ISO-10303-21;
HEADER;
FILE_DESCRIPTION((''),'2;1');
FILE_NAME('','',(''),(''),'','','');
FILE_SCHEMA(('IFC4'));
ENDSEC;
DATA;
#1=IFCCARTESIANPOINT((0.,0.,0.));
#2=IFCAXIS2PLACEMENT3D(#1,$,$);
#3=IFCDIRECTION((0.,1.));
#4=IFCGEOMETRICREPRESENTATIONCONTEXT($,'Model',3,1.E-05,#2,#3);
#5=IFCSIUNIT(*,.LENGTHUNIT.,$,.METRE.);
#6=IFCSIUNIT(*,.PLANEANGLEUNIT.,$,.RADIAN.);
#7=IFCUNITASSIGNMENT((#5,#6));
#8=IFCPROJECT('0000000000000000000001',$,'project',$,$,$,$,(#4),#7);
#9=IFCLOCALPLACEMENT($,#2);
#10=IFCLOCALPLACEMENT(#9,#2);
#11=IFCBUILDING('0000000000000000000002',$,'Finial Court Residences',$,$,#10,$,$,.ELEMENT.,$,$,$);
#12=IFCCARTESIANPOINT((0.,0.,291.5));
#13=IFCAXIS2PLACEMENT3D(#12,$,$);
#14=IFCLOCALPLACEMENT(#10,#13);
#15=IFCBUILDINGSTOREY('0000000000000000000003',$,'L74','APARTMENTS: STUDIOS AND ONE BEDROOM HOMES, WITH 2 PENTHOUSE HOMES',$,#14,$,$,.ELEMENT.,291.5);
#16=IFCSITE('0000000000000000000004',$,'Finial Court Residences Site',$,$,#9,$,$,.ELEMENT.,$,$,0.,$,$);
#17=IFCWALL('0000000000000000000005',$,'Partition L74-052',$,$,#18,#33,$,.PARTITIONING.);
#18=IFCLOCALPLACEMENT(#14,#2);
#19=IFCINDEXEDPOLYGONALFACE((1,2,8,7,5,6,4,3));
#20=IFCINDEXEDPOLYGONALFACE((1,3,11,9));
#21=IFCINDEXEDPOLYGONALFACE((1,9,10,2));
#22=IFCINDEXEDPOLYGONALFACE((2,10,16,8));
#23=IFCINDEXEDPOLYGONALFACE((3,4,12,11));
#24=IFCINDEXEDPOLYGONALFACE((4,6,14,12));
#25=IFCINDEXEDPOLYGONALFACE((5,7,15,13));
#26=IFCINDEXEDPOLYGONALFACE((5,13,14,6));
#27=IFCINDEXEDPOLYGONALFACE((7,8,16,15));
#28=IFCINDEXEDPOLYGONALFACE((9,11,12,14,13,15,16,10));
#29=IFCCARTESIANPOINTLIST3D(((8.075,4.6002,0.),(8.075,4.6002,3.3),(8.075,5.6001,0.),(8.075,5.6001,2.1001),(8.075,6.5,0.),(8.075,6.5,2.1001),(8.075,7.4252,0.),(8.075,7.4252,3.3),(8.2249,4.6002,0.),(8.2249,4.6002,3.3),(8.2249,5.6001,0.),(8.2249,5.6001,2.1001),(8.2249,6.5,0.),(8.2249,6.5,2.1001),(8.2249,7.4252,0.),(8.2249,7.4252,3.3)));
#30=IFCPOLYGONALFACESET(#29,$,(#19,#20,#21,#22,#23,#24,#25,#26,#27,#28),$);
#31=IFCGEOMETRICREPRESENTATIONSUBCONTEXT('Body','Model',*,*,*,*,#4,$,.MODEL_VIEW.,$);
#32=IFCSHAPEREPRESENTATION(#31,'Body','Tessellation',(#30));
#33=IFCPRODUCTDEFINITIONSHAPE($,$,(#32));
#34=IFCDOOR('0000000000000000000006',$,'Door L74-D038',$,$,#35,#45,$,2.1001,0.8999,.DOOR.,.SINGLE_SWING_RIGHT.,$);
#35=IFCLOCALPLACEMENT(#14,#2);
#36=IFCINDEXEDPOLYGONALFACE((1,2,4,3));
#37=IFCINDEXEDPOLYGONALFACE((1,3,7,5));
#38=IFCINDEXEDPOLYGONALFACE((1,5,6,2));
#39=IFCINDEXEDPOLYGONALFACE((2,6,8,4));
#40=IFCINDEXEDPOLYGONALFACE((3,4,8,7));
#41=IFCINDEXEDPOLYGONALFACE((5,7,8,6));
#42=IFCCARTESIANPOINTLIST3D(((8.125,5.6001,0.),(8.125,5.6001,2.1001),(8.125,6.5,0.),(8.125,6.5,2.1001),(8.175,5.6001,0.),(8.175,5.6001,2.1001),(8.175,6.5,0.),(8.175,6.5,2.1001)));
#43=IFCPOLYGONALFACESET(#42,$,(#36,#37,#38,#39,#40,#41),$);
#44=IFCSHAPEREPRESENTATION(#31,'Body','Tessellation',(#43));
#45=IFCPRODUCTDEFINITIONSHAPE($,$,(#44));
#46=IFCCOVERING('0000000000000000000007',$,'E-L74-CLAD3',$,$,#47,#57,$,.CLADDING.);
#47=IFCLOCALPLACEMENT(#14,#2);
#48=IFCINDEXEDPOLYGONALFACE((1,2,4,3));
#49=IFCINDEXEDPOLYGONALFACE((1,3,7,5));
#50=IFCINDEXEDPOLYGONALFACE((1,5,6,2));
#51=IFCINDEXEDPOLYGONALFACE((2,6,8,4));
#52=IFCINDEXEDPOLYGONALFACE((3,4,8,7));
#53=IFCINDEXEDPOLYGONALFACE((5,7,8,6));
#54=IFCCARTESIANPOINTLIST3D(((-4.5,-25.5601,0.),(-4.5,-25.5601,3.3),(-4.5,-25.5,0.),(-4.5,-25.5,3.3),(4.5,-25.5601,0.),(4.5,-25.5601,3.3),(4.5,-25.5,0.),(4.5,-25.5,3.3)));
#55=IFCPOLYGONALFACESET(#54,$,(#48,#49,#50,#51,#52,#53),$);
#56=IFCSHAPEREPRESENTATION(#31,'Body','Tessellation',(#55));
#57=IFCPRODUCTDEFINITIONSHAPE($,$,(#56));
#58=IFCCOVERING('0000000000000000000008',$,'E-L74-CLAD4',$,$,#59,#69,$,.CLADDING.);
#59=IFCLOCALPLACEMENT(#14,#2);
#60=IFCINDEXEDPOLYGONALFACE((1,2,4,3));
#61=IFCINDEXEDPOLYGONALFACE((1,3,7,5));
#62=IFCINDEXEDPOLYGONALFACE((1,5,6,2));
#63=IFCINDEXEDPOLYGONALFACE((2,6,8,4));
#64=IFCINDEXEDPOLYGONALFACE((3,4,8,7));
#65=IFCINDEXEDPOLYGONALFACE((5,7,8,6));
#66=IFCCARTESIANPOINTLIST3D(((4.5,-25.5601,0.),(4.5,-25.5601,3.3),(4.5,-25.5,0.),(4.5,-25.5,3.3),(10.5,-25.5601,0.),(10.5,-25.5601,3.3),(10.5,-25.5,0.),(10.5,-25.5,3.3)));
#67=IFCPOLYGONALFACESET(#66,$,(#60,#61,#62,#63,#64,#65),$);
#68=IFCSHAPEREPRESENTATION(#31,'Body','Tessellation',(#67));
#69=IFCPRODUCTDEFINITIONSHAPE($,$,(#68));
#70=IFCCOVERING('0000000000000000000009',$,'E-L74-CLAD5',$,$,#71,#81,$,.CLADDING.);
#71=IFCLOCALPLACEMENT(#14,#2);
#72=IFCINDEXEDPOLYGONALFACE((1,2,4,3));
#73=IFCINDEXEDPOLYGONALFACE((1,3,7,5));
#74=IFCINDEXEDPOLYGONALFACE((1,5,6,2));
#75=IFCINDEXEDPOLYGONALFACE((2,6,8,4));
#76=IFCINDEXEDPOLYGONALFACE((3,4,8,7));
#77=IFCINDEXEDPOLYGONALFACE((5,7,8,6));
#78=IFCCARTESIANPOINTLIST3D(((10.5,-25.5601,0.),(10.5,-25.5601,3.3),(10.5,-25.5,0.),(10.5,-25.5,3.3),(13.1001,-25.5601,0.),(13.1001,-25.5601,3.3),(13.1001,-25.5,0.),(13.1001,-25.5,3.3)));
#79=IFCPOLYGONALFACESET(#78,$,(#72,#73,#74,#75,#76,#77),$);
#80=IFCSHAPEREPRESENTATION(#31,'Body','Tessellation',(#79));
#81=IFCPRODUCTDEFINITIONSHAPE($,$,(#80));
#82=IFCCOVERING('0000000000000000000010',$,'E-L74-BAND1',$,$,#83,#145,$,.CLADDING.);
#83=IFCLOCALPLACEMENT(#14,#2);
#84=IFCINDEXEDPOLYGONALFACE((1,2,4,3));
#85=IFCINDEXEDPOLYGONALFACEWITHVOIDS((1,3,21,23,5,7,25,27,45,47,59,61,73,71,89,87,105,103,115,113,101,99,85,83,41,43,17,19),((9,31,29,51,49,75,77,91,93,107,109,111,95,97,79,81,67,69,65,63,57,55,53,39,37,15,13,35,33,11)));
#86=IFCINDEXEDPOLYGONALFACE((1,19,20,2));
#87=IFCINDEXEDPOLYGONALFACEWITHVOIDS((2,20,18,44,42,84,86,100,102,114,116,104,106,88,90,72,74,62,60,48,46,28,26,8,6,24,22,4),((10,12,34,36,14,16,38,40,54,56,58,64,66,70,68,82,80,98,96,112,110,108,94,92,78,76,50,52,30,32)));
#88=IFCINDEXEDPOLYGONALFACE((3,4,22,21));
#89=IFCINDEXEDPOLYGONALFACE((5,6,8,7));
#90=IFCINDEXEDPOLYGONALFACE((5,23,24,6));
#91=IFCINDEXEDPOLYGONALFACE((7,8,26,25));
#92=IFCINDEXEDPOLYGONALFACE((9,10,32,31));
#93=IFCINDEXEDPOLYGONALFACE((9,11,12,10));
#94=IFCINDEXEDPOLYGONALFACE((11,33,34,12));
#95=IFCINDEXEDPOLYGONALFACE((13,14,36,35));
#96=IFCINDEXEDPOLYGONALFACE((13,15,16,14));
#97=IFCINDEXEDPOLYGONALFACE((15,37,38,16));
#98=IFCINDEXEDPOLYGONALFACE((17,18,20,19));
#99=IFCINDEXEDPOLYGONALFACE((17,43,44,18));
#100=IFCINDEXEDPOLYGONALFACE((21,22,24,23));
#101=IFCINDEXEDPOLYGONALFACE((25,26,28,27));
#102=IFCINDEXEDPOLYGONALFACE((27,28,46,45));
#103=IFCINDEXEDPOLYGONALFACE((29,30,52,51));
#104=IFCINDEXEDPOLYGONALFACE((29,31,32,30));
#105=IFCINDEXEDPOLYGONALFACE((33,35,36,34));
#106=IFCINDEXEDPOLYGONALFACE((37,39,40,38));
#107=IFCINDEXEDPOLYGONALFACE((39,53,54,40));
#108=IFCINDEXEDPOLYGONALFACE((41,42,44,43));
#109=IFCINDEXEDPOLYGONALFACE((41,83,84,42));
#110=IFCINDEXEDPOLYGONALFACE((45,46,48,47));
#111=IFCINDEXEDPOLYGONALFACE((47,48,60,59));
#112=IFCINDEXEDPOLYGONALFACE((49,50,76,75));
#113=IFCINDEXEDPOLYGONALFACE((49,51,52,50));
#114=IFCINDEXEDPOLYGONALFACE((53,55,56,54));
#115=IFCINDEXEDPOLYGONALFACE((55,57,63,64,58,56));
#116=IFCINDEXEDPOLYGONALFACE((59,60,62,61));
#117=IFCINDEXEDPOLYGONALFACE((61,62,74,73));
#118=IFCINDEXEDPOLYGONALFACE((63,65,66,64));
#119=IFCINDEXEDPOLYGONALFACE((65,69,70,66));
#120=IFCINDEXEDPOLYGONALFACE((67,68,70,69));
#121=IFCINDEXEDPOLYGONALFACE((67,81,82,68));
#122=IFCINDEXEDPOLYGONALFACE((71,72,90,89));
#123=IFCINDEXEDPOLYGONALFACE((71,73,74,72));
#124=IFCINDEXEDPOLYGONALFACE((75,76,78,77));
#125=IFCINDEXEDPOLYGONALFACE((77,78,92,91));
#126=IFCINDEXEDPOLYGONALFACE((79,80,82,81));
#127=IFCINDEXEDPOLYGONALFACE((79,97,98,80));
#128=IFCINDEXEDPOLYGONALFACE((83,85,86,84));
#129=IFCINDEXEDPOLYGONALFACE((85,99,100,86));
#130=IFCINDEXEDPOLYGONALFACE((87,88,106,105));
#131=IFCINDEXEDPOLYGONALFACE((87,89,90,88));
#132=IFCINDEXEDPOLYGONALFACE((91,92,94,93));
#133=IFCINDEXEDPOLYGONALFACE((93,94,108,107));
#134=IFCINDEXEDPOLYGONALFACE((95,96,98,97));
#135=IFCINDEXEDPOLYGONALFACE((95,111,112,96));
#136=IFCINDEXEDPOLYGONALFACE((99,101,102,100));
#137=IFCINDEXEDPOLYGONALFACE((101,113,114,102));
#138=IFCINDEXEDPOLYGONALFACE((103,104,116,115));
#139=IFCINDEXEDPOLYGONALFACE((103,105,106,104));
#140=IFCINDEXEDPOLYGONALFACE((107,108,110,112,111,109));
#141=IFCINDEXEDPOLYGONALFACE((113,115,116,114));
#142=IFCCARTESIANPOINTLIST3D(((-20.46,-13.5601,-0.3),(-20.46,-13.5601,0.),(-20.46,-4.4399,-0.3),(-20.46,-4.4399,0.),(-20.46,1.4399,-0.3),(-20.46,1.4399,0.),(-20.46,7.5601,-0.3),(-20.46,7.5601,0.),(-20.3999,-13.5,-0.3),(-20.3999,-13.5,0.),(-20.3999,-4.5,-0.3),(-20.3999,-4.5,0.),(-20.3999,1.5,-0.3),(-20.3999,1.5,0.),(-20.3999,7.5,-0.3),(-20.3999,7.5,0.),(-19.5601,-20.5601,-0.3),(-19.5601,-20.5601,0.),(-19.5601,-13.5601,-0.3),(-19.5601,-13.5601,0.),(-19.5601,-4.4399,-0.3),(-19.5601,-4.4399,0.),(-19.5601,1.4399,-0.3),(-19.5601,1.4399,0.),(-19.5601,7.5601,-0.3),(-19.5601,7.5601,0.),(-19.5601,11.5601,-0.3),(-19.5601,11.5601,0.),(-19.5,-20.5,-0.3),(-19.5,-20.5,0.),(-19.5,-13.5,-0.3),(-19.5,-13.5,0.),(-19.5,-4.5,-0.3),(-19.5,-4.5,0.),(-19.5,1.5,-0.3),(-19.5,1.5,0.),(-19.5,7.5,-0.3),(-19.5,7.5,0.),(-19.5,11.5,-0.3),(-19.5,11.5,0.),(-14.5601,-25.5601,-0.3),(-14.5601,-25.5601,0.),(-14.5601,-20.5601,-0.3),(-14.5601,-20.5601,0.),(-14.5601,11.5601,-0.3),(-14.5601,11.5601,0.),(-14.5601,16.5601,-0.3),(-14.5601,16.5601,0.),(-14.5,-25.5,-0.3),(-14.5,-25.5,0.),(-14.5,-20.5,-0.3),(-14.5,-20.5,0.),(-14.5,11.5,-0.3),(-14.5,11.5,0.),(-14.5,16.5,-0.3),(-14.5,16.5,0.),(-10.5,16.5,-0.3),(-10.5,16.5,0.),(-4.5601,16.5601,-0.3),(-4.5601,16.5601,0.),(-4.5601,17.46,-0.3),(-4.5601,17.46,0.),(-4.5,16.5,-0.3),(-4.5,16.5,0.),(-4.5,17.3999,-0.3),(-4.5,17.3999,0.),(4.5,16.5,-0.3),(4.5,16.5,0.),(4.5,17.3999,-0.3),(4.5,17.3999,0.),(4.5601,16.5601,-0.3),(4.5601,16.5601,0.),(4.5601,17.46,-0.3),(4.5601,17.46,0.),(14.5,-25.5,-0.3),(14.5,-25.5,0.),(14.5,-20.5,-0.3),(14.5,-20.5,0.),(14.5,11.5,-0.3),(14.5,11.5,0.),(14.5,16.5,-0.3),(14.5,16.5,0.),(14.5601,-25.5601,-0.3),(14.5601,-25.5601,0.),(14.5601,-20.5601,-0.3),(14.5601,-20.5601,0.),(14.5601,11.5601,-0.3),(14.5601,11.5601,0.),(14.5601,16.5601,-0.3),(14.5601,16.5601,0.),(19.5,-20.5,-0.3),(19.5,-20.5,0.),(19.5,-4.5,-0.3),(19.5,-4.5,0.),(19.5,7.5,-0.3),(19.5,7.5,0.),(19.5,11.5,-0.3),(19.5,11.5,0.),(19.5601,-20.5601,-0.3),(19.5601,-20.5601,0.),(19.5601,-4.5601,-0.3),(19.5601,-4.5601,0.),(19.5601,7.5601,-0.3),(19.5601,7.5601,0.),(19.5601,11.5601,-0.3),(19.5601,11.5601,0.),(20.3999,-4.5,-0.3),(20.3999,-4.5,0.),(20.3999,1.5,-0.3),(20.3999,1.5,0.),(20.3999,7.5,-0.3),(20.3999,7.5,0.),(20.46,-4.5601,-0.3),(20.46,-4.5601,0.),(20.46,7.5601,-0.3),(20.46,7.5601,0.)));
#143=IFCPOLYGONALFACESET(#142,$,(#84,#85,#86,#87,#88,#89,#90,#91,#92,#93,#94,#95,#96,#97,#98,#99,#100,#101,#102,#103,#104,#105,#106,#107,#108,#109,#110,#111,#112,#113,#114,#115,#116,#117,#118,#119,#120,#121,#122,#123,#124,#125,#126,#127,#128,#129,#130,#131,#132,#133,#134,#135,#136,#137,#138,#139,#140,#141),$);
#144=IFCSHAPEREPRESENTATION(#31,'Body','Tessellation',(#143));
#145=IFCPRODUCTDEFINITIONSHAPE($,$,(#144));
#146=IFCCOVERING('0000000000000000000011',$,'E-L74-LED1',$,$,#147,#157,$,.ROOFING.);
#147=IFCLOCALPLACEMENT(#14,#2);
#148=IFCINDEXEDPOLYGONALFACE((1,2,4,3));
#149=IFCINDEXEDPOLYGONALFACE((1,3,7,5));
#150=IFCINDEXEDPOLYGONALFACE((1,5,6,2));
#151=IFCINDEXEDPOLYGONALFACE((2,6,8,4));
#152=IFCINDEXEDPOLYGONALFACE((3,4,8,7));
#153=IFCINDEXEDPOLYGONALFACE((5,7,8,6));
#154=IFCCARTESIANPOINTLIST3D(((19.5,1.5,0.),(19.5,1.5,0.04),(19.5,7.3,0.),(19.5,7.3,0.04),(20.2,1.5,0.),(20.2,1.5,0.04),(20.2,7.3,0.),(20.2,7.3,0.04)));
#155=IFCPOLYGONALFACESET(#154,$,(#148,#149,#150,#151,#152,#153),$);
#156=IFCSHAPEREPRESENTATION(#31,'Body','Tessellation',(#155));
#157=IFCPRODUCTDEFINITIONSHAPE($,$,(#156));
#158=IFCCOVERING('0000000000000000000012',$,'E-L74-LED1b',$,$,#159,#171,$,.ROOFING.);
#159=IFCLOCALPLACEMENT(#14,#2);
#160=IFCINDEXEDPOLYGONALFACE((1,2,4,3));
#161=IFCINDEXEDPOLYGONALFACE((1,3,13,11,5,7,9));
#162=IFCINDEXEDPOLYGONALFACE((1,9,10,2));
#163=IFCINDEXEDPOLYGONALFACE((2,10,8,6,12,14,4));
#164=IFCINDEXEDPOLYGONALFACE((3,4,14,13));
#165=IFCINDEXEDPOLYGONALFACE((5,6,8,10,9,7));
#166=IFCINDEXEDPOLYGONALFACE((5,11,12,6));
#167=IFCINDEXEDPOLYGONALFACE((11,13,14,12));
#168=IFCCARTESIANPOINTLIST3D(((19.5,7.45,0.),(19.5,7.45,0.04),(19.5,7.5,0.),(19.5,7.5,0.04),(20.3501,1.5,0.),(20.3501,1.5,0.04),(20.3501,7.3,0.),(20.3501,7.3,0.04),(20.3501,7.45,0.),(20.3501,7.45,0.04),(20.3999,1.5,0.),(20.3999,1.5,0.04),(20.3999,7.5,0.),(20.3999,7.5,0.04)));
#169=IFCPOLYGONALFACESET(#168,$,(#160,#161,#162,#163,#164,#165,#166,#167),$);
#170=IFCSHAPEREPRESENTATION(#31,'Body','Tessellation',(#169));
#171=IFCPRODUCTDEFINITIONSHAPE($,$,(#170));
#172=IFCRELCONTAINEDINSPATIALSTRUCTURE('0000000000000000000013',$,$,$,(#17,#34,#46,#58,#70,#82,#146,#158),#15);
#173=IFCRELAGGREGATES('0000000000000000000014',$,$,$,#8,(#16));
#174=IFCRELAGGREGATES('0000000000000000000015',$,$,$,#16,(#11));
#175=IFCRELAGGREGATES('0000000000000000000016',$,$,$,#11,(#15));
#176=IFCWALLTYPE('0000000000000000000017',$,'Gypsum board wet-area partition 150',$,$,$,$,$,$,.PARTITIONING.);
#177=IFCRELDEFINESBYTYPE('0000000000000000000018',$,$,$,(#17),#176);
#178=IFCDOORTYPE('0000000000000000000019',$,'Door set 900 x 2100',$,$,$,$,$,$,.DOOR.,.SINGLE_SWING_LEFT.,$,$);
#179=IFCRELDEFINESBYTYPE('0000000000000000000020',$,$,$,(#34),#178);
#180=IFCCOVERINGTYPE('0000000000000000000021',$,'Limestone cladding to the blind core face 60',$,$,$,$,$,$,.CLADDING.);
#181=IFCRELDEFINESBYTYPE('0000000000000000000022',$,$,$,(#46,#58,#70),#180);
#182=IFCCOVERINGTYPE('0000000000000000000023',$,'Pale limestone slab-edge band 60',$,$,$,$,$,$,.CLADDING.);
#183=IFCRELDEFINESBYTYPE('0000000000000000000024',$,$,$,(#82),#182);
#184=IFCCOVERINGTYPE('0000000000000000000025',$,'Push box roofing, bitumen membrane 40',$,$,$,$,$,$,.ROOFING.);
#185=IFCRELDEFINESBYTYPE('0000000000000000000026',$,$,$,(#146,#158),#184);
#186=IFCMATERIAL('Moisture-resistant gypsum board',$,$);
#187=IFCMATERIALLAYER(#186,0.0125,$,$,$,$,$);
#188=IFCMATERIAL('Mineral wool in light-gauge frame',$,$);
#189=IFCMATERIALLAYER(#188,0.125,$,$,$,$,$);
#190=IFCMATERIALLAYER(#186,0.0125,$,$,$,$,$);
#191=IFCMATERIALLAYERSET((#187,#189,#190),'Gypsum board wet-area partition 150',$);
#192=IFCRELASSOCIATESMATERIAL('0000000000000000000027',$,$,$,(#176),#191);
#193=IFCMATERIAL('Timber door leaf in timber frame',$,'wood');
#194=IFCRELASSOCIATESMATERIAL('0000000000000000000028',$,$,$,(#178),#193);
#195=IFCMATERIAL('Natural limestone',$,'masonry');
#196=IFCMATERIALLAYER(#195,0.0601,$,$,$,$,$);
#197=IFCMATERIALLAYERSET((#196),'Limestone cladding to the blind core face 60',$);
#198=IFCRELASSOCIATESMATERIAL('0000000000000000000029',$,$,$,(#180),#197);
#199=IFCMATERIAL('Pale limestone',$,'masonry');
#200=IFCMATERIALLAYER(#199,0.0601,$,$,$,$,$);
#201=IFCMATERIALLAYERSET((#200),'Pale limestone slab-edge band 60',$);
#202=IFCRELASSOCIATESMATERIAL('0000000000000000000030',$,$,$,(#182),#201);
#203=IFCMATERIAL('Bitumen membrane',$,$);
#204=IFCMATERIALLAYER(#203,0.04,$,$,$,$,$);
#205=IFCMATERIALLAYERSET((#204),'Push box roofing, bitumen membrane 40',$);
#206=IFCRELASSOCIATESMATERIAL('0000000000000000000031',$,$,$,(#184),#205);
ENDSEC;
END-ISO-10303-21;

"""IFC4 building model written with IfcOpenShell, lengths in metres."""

from ifc_helpers import new_model, si_unit, direction, frame, frame_2d, origin, place, context, subcontext, project, spatial, polyline, rectangle, outline, extrude, material, layer, layer_set, type_object, element, fill, save


model = new_model("IFC4")

# Units and contexts
model_context = context("Model", 3, precision=1e-05, world=origin(), true_north=direction((0.0, 1.0)))
body_context = subcontext(model_context, "Body", "Model", "MODEL_VIEW")
ifc_project = project(units=[si_unit("LENGTHUNIT", "METRE"), si_unit("PLANEANGLEUNIT", "RADIAN")], contexts=[model_context])

# Site, building, storey
site_placement = place(None, origin())
site = spatial("IfcSite", under=ifc_project, at=site_placement, Name="Finial Court Residences Site", CompositionType="ELEMENT", RefElevation=0.0)
building_placement = place(site_placement, origin())
building = spatial("IfcBuilding", under=site, at=building_placement, Name="Finial Court Residences", CompositionType="ELEMENT")
storey_placement = place(building_placement, frame((0.0, 0.0, 291.5)))
storey = spatial("IfcBuildingStorey", under=building, at=storey_placement, Name="L74", Description="APARTMENTS: STUDIOS AND ONE BEDROOM HOMES, WITH 2 PENTHOUSE HOMES", CompositionType="ELEMENT", Elevation=291.5)

# Shared definitions
ifc_material_1 = material(Name="Moisture-resistant gypsum board")
ifc_layer_1 = layer(ifc_material_1, 0.0125)
ifc_material_2 = material(Name="Mineral wool in light-gauge frame")
ifc_layer_2 = layer(ifc_material_2, 0.125)
ifc_layer_3 = layer(ifc_material_1, 0.0125)
ifc_layer_set_1 = layer_set([ifc_layer_1, ifc_layer_2, ifc_layer_3], Name="Gypsum board wet-area partition 150")
wall_type_1 = type_object("IfcWallType", Name="Gypsum board wet-area partition 150", PredefinedType="PARTITIONING", material=ifc_layer_set_1)

# Wall, opening, door
ifc_material_3 = material(Name="Timber door leaf in timber frame", Category="wood")
door_type = type_object("IfcDoorType", Name="Door set 900 x 2100", OperationType="SINGLE_SWING_LEFT", PredefinedType="DOOR", material=ifc_material_3)
wall_1_placement = place(storey_placement, frame((8.1499, 4.6001, 0.0), z_axis=(0.0, 0.0, 1.0), x_axis=(0.0, 1.0, 0.0)))
wall_1 = element("IfcWall", 1, at=wall_1_placement, inside=storey, type_object=wall_type_1, Name="Partition L74-052", PredefinedType="PARTITIONING", context=body_context, shape_type="SweptSolid", body=[
    extrude(rectangle(XDim=2.825, YDim=0.1499, at=frame_2d((1.4126, 0.0))), origin(), (0.0, 0.0, 1.0), 3.3),
])
opening_1_placement = place(wall_1_placement, frame((1.0, 0.0, 0.0)))
opening_1 = element("IfcOpeningElement", 2, at=opening_1_placement, cuts=wall_1, PredefinedType="OPENING", context=body_context, shape_type="SweptSolid", body=[
    extrude(rectangle(XDim=0.8999, YDim=2.1001, at=frame_2d((0.45, 1.05))), frame((0.0, 0.085, 0.0), z_axis=(0.0, -1.0, 0.0), x_axis=(1.0, 0.0, 0.0)), (0.0, 0.0, 1.0), 0.1699),
])
door_1_placement = place(opening_1_placement, origin())
door_1 = element("IfcDoor", 3, at=door_1_placement, inside=storey, type_object=door_type, Name="Door L74-D038", OperationType="SINGLE_SWING_RIGHT", OverallHeight=2.1001, OverallWidth=0.8999, PredefinedType="DOOR", context=body_context, shape_type="SweptSolid", body=[
    extrude(rectangle(XDim=0.8999, YDim=2.1001, at=frame_2d((0.45, 1.05))), frame((0.0, 0.0249, 0.0), z_axis=(0.0, -1.0, 0.0), x_axis=(1.0, 0.0, 0.0)), (0.0, 0.0, 1.0), 0.05),
])
fill(opening_1, door_1)

# Coverings
ifc_material_4 = material(Name="Natural limestone", Category="masonry")
ifc_layer_4 = layer(ifc_material_4, 0.0601)
ifc_layer_set_2 = layer_set([ifc_layer_4], Name="Limestone cladding to the blind core face 60")
covering_type_1 = type_object("IfcCoveringType", Name="Limestone cladding to the blind core face 60", PredefinedType="CLADDING", material=ifc_layer_set_2)
covering_1_placement = place(storey_placement, origin())
element("IfcCovering", 4, at=covering_1_placement, inside=storey, type_object=covering_type_1, Name="E-L74-CLAD3", PredefinedType="CLADDING", context=body_context, shape_type="SweptSolid", body=[
    extrude(outline(polyline([(4.5, -25.5601), (4.5, -25.5), (-4.5, -25.5), (-4.5, -25.5601), (4.5, -25.5601)])), origin(), (0.0, 0.0, 1.0), 3.3),
])
covering_2_placement = place(storey_placement, origin())
element("IfcCovering", 5, at=covering_2_placement, inside=storey, type_object=covering_type_1, Name="E-L74-CLAD4", PredefinedType="CLADDING", context=body_context, shape_type="SweptSolid", body=[
    extrude(outline(polyline([(10.5, -25.5601), (10.5, -25.5), (4.5, -25.5), (4.5, -25.5601), (10.5, -25.5601)])), origin(), (0.0, 0.0, 1.0), 3.3),
])
covering_3_placement = place(storey_placement, origin())
element("IfcCovering", 6, at=covering_3_placement, inside=storey, type_object=covering_type_1, Name="E-L74-CLAD5", PredefinedType="CLADDING", context=body_context, shape_type="SweptSolid", body=[
    extrude(outline(polyline([(13.1001, -25.5601), (13.1001, -25.5), (10.5, -25.5), (10.5, -25.5601), (13.1001, -25.5601)])), origin(), (0.0, 0.0, 1.0), 3.3),
])
ifc_material_5 = material(Name="Pale limestone", Category="masonry")
ifc_layer_5 = layer(ifc_material_5, 0.0601)
ifc_layer_set_3 = layer_set([ifc_layer_5], Name="Pale limestone slab-edge band 60")
covering_type_2 = type_object("IfcCoveringType", Name="Pale limestone slab-edge band 60", PredefinedType="CLADDING", material=ifc_layer_set_3)
covering_4_placement = place(storey_placement, frame((0.0, 0.0, -0.3)))
element("IfcCovering", 7, at=covering_4_placement, inside=storey, type_object=covering_type_2, Name="E-L74-BAND1", PredefinedType="CLADDING", context=body_context, shape_type="SweptSolid", body=[
    extrude(outline(polyline([(-20.46, 1.4399), (-20.46, 7.5601), (-19.5601, 7.5601), (-19.5601, 11.5601), (-14.5601, 11.5601), (-14.5601, 16.5601), (-4.5601, 16.5601), (-4.5601, 17.46), (4.5601, 17.46), (4.5601, 16.5601), (14.5601, 16.5601), (14.5601, 11.5601), (19.5601, 11.5601), (19.5601, 7.5601), (20.46, 7.5601), (20.46, -4.5601), (19.5601, -4.5601), (19.5601, -20.5601), (14.5601, -20.5601), (14.5601, -25.5601), (-14.5601, -25.5601), (-14.5601, -20.5601), (-19.5601, -20.5601), (-19.5601, -13.5601), (-20.46, -13.5601), (-20.46, -4.4399), (-19.5601, -4.4399), (-19.5601, 1.4399), (-20.46, 1.4399)]), holes=[polyline([(-19.5, -4.5), (-20.3999, -4.5), (-20.3999, -13.5), (-19.5, -13.5), (-19.5, -20.5), (-14.5, -20.5), (-14.5, -25.5), (14.5, -25.5), (14.5, -20.5), (19.5, -20.5), (19.5, -4.5), (20.3999, -4.5), (20.3999, 1.5), (20.3999, 7.5), (19.5, 7.5), (19.5, 11.5), (14.5, 11.5), (14.5, 16.5), (4.5, 16.5), (4.5, 17.3999), (-4.5, 17.3999), (-4.5, 16.5), (-10.5, 16.5), (-14.5, 16.5), (-14.5, 11.5), (-19.5, 11.5), (-19.5, 7.5), (-20.3999, 7.5), (-20.3999, 1.5), (-19.5, 1.5), (-19.5, -4.5)])]), origin(), (0.0, 0.0, 1.0), 0.3),
])
ifc_material_6 = material(Name="Bitumen membrane")
ifc_layer_6 = layer(ifc_material_6, 0.04)
ifc_layer_set_4 = layer_set([ifc_layer_6], Name="Push box roofing, bitumen membrane 40")
covering_type_3 = type_object("IfcCoveringType", Name="Push box roofing, bitumen membrane 40", PredefinedType="ROOFING", material=ifc_layer_set_4)
covering_5_placement = place(storey_placement, origin())
element("IfcCovering", 8, at=covering_5_placement, inside=storey, type_object=covering_type_3, Name="E-L74-LED1", PredefinedType="ROOFING", context=body_context, shape_type="SweptSolid", body=[
    extrude(outline(polyline([(19.5, 7.3), (20.2, 7.3), (20.2, 1.5), (19.5, 1.5), (19.5, 7.3)])), origin(), (0.0, 0.0, 1.0), 0.04),
])
covering_6_placement = place(storey_placement, origin())
element("IfcCovering", 9, at=covering_6_placement, inside=storey, type_object=covering_type_3, Name="E-L74-LED1b", PredefinedType="ROOFING", context=body_context, shape_type="SweptSolid", body=[
    extrude(outline(polyline([(19.5, 7.5), (20.3999, 7.5), (20.3999, 1.5), (20.3501, 1.5), (20.3501, 7.3), (20.3501, 7.3), (20.3501, 7.45), (19.5, 7.45), (19.5, 7.5)])), origin(), (0.0, 0.0, 1.0), 0.04),
])

save(model, "model.ifc")
